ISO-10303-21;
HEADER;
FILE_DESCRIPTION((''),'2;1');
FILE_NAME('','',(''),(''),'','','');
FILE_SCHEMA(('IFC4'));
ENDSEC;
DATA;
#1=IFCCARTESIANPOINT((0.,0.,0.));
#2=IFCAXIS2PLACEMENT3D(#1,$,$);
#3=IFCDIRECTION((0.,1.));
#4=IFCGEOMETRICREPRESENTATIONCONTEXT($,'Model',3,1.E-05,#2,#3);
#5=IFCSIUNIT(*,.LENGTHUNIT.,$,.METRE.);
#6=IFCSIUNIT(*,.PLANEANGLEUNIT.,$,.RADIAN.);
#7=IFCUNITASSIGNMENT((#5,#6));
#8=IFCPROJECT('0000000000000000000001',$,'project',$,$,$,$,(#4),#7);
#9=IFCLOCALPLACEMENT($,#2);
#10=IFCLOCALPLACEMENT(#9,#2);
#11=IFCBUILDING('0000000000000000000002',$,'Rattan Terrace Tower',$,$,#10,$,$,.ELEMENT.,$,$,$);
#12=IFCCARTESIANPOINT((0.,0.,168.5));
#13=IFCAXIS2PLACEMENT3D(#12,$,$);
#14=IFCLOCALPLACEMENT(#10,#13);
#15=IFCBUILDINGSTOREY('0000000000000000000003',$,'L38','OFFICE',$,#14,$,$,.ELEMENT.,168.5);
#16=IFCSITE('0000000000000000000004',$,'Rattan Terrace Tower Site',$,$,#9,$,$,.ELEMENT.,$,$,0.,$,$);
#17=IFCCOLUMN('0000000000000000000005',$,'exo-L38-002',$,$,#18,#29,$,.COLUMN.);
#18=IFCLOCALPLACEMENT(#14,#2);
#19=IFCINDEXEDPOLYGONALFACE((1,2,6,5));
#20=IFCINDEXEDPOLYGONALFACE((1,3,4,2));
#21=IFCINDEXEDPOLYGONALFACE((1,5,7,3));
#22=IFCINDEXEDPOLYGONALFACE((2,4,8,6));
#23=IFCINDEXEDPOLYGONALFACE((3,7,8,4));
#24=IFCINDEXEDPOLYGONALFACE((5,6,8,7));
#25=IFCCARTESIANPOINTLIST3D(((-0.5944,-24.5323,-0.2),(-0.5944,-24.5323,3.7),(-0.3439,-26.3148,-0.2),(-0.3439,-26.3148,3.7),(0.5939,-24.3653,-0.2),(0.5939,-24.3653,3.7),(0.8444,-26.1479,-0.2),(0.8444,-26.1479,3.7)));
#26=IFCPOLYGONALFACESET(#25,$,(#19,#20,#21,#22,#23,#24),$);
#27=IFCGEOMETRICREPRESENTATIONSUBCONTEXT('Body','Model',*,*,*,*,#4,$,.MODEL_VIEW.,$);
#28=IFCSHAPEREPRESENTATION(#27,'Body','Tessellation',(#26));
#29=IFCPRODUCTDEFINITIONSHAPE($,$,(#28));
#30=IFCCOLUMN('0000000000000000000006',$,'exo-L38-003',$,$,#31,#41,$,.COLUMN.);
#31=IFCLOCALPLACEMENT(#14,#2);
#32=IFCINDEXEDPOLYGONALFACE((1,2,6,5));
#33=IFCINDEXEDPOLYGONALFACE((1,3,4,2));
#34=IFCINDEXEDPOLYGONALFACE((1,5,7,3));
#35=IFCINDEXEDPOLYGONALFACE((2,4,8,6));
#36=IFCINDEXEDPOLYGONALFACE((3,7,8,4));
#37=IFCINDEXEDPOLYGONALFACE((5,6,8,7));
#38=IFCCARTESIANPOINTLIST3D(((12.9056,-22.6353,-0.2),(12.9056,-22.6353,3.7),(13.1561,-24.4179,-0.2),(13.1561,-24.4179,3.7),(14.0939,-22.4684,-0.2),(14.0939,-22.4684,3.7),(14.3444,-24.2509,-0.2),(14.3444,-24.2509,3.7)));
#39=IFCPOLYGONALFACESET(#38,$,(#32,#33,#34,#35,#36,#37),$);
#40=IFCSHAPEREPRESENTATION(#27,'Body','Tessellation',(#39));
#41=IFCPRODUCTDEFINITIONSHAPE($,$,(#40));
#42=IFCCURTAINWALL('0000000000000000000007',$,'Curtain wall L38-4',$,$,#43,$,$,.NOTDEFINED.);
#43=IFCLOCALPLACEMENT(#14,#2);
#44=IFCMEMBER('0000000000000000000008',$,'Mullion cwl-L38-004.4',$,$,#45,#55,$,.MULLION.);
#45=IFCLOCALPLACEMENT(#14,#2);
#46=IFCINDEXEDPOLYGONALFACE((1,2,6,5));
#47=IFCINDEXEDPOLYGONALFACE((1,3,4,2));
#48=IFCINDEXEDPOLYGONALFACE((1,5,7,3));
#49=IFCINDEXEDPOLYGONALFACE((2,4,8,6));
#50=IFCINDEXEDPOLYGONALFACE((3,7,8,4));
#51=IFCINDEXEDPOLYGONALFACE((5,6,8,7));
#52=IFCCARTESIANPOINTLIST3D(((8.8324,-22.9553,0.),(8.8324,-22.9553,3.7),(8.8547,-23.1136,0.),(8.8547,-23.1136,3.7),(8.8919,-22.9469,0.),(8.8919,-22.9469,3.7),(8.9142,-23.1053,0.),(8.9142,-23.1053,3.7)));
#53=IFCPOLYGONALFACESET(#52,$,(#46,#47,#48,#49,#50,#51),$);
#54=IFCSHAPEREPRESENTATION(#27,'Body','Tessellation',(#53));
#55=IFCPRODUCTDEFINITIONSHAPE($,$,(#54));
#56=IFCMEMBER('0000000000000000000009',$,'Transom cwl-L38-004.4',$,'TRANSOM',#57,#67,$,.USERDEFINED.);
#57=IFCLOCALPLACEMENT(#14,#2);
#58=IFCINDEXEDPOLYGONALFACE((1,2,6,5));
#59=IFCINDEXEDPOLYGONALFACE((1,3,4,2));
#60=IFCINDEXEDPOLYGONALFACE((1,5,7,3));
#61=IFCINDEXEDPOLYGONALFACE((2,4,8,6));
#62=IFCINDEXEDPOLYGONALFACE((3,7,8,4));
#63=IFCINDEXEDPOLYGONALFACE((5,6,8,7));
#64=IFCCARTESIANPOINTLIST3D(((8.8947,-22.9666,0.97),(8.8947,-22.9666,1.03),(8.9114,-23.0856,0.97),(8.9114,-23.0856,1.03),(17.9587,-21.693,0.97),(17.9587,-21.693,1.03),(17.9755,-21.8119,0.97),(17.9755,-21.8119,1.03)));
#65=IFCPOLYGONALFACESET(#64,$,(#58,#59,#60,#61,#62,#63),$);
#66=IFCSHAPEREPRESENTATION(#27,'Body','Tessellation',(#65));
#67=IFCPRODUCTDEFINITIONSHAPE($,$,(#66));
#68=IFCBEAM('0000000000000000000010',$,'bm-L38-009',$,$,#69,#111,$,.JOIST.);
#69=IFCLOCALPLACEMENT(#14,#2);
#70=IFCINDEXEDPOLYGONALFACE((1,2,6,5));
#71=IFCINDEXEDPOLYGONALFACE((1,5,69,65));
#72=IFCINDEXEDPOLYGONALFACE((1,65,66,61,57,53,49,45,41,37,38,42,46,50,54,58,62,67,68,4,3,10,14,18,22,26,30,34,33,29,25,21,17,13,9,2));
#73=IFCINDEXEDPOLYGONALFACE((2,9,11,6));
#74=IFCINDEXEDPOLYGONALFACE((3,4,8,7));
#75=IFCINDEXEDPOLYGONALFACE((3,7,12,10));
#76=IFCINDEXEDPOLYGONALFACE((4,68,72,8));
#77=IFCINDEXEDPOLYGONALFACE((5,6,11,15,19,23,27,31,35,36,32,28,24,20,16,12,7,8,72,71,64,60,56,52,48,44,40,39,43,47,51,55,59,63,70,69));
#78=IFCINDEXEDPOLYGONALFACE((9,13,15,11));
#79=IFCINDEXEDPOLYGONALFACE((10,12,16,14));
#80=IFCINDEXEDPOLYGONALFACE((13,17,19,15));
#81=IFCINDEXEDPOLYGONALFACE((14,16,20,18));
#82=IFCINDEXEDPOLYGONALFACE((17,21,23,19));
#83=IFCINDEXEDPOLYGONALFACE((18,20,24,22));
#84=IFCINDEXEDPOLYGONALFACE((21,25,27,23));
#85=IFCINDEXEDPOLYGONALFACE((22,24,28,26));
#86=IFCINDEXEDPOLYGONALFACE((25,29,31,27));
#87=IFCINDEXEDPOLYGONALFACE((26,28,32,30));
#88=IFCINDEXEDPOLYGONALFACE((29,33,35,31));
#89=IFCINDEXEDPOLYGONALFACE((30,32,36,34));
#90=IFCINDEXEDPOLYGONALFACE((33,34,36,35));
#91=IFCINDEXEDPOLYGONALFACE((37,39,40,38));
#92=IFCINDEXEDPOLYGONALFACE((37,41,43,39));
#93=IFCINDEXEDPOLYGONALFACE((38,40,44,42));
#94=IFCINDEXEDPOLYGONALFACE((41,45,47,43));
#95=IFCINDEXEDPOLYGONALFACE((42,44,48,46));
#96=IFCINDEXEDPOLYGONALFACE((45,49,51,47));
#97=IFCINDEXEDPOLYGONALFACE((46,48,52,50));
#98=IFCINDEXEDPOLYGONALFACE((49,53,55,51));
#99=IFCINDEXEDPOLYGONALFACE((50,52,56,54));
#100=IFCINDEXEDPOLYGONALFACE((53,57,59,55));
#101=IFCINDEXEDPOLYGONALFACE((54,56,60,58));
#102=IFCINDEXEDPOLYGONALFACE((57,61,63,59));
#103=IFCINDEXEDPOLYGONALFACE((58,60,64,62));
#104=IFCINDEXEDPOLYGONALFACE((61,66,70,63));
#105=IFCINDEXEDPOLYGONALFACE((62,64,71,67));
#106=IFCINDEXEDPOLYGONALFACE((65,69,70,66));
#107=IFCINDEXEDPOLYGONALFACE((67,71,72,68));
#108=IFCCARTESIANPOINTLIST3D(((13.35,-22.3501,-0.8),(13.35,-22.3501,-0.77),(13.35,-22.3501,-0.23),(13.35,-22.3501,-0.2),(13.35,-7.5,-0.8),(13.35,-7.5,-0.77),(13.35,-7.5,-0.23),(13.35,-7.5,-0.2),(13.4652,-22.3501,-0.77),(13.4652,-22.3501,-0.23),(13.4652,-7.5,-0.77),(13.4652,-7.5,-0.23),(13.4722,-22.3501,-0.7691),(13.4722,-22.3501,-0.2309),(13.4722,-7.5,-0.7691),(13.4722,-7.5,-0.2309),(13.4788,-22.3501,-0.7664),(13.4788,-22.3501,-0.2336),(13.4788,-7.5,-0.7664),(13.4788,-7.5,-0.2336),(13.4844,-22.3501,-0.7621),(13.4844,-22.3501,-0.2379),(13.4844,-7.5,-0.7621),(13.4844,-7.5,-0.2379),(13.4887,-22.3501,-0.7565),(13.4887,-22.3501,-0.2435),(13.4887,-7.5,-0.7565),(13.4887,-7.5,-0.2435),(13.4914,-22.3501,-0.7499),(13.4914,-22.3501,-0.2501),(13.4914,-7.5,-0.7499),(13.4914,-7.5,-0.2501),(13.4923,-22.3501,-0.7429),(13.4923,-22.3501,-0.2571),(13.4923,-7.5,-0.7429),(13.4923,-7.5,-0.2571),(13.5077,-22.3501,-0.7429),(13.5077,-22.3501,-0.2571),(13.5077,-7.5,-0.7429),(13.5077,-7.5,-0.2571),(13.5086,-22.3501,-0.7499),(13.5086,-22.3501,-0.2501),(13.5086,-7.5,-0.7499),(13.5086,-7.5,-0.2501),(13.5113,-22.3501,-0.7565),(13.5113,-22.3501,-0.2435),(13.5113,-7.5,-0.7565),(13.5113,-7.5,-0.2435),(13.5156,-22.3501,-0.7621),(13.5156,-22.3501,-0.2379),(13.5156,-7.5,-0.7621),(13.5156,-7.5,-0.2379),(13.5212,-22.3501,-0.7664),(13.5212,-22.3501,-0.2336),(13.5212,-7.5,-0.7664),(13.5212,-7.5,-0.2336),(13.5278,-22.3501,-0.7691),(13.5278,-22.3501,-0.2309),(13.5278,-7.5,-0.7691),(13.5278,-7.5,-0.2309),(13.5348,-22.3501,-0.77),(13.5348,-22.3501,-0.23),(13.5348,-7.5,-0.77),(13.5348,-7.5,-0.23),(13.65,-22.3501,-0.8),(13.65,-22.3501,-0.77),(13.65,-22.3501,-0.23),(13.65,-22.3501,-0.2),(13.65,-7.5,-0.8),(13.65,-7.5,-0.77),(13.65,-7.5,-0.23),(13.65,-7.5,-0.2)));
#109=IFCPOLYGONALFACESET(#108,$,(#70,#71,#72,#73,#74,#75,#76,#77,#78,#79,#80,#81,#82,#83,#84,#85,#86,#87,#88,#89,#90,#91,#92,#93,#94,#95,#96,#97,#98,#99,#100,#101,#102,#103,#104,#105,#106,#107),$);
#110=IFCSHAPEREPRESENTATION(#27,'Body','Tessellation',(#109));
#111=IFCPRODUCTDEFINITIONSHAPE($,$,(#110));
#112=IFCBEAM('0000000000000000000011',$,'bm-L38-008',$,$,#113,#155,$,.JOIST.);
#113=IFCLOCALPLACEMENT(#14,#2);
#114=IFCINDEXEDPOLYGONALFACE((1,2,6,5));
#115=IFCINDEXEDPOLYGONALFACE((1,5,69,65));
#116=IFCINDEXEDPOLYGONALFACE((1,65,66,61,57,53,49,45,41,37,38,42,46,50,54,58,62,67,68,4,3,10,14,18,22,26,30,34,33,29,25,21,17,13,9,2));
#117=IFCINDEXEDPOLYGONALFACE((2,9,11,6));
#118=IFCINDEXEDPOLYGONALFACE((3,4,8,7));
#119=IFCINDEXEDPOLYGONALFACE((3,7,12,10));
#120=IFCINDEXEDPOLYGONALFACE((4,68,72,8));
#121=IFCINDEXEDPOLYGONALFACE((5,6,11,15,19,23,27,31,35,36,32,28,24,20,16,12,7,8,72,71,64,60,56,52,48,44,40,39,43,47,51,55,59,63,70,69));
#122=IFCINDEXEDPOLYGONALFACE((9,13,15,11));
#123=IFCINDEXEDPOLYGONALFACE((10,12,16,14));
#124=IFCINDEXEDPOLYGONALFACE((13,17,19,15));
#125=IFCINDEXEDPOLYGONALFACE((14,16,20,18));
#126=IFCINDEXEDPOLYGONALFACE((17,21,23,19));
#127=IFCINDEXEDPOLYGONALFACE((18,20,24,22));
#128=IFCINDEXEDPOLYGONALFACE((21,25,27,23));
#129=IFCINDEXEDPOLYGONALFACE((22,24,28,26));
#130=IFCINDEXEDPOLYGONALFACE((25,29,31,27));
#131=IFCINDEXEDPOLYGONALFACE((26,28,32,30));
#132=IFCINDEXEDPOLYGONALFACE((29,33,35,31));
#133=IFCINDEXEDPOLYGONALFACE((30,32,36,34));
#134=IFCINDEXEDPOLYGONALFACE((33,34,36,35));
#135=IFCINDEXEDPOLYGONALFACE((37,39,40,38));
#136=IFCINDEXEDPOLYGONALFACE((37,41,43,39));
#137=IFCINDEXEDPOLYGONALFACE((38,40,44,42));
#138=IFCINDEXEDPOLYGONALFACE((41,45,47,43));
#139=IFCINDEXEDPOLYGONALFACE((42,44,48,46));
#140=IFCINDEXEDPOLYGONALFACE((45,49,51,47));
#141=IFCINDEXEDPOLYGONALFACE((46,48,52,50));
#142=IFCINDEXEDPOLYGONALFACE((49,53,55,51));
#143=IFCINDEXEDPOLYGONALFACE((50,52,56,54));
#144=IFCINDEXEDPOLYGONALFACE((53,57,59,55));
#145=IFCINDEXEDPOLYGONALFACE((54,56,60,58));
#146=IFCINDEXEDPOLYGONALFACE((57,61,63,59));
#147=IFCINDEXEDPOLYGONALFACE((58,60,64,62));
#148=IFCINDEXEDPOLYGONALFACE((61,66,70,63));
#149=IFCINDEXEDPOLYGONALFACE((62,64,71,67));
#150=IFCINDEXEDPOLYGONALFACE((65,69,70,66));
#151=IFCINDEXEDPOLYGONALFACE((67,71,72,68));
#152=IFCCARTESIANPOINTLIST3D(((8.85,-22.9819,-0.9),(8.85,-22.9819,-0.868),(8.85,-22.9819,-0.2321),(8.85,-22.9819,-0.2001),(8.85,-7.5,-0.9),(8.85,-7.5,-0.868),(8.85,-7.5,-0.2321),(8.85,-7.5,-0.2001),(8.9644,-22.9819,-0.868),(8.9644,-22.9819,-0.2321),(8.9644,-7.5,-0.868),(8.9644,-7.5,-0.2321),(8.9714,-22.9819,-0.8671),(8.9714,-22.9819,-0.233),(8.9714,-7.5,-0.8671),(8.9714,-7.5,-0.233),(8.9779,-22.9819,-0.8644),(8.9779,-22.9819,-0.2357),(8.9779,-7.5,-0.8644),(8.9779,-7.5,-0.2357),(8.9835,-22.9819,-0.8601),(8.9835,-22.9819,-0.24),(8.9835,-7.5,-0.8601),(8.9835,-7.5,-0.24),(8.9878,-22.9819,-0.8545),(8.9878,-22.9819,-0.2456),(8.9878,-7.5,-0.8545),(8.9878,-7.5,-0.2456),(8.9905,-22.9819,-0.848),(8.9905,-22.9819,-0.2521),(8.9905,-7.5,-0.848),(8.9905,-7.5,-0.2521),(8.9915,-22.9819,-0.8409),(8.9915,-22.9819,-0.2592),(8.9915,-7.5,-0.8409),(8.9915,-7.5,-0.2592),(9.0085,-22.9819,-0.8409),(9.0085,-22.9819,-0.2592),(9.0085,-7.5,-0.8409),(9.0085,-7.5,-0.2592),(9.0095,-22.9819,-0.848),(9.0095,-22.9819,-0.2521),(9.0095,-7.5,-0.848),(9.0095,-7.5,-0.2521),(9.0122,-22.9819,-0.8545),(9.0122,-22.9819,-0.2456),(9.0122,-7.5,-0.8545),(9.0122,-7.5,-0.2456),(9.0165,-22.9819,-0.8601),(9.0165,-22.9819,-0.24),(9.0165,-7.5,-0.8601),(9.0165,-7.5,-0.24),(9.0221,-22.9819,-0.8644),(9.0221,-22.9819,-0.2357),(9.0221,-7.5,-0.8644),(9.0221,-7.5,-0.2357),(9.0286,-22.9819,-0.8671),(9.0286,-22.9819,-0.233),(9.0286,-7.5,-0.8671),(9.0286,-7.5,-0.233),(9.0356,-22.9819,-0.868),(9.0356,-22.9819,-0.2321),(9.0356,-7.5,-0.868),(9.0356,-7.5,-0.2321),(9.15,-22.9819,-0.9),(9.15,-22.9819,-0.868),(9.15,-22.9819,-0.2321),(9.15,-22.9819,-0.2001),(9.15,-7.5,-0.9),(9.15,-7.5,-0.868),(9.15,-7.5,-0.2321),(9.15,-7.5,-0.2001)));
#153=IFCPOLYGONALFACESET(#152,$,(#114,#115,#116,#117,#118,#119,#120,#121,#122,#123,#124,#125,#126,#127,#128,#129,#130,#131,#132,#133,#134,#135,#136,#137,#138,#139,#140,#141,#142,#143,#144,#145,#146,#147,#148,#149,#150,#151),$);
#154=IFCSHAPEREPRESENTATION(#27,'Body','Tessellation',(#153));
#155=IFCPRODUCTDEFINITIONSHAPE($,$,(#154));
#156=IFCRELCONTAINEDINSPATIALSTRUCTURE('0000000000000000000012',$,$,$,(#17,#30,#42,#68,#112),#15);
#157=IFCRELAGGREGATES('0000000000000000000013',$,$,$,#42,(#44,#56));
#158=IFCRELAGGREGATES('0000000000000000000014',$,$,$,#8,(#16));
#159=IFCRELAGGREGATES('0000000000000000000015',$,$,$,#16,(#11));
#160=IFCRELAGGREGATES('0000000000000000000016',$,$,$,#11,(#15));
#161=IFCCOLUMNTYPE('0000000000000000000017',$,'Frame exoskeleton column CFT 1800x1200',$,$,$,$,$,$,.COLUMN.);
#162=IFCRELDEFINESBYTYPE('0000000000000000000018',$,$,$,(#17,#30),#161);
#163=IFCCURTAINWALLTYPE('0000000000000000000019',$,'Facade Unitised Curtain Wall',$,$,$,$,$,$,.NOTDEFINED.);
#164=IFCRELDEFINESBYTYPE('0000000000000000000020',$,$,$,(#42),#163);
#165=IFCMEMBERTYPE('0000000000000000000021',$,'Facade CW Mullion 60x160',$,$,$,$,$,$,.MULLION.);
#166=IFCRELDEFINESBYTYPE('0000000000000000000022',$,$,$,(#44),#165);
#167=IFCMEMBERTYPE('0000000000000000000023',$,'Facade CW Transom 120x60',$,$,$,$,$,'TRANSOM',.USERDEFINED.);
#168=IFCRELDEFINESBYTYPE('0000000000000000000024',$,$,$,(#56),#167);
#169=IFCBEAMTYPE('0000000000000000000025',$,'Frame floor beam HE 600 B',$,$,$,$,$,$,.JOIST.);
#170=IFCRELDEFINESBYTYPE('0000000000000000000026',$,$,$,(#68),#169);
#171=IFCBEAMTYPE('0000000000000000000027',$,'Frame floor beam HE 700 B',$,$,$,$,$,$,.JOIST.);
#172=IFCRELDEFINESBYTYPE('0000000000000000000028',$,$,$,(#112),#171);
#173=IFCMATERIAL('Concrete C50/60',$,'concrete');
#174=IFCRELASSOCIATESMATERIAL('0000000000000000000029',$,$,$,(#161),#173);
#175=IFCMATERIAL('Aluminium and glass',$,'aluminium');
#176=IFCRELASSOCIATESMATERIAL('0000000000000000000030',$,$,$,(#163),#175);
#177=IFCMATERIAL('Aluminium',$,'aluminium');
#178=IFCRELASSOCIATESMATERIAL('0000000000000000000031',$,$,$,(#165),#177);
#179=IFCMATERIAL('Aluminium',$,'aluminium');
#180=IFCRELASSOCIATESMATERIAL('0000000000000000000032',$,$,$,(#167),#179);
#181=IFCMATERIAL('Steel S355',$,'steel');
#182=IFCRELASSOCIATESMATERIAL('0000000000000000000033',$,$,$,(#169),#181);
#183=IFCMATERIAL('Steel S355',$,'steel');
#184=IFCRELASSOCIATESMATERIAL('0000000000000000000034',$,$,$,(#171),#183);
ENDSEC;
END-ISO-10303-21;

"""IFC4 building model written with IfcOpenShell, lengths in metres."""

from ifc_helpers import new_model, si_unit, direction, frame, origin, origin_2d, place, context, subcontext, project, spatial, rectangle, i_section, extrude, material, material_profile, profile_set, type_object, element, aggregate, save


model = new_model("IFC4")

# Units and contexts
model_context = context("Model", 3, precision=1e-05, world=origin(), true_north=direction((0.0, 1.0)))
body_context = subcontext(model_context, "Body", "Model", "MODEL_VIEW")
ifc_project = project(units=[si_unit("LENGTHUNIT", "METRE"), si_unit("PLANEANGLEUNIT", "RADIAN")], contexts=[model_context])

# Site, building, storey
site_placement = place(None, origin())
site = spatial("IfcSite", under=ifc_project, at=site_placement, Name="Rattan Terrace Tower Site", CompositionType="ELEMENT", RefElevation=0.0)
building_placement = place(site_placement, origin())
building = spatial("IfcBuilding", under=site, at=building_placement, Name="Rattan Terrace Tower", CompositionType="ELEMENT")
storey_placement = place(building_placement, frame((0.0, 0.0, 168.5)))
storey = spatial("IfcBuildingStorey", under=building, at=storey_placement, Name="L38", Description="OFFICE", CompositionType="ELEMENT", Elevation=168.5)

# Columns
ifc_material_1 = material(Name="Concrete C50/60", Category="concrete")
ifc_material_profile_1 = material_profile(ifc_material_1, rectangle(XDim=1.2, YDim=1.8, at=origin_2d()), Name="CFT 1800x1200")
ifc_profile_set_1 = profile_set([ifc_material_profile_1], Name="Concrete C50/60")
column_type = type_object("IfcColumnType", Name="Frame exoskeleton column CFT 1800x1200", PredefinedType="COLUMN", material=ifc_profile_set_1)
for number, where, z_axis, x_axis, name in (
    (1, (0.125, -25.3401, -0.2), (0.0, 0.0, 1.0), (0.99027, 0.139156, 0.0), "exo-L38-002"),
    (2, (13.625, -23.4431, -0.2), (0.0, 0.0, 1.0), (0.99027, 0.139156, 0.0), "exo-L38-003"),
):
    element("IfcColumn", number, at=place(storey_placement, frame(where, z_axis=z_axis, x_axis=x_axis)), inside=storey, type_object=column_type, Name=name, PredefinedType="COLUMN", context=body_context, shape_type="SweptSolid", body=[
        extrude(rectangle(XDim=1.2, YDim=1.8, at=origin_2d()), origin(), (0.0, 0.0, 1.0), 3.8999),
    ])

# Curtain wall, members
ifc_material_2 = material(Name="Aluminium and glass", Category="aluminium")
curtain_wall_type = type_object("IfcCurtainWallType", Name="Facade Unitised Curtain Wall", PredefinedType="NOTDEFINED", material=ifc_material_2)
curtain_wall_placement = place(storey_placement, origin())
curtain_wall = element("IfcCurtainWall", 3, at=curtain_wall_placement, inside=storey, type_object=curtain_wall_type, Name="Curtain wall L38-4", PredefinedType="NOTDEFINED")
ifc_material_3 = material(Name="Aluminium", Category="aluminium")
ifc_material_profile_2 = material_profile(ifc_material_3, rectangle(XDim=0.0601, YDim=0.1599, at=origin_2d()), Name="Aluminium 60x160")
ifc_profile_set_2 = profile_set([ifc_material_profile_2], Name="Aluminium")
member_type_1 = type_object("IfcMemberType", Name="Facade CW Mullion 60x160", PredefinedType="MULLION", material=ifc_profile_set_2)
member_1_placement = place(storey_placement, frame((8.8733, -23.0303, 0.0), z_axis=(0.0, 0.0, 1.0), x_axis=(0.99027, 0.139161, 0.0)))
member_1 = element("IfcMember", 4, at=member_1_placement, type_object=member_type_1, Name="Mullion cwl-L38-004.4", PredefinedType="MULLION", context=body_context, shape_type="SweptSolid", body=[
    extrude(rectangle(XDim=0.0601, YDim=0.1599, at=origin_2d()), origin(), (0.0, 0.0, 1.0), 3.7),
])
ifc_material_4 = material(Name="Aluminium", Category="aluminium")
ifc_material_profile_3 = material_profile(ifc_material_4, rectangle(XDim=0.1201, YDim=0.0601, at=origin_2d()), Name="Aluminium 120x60")
ifc_profile_set_3 = profile_set([ifc_material_profile_3], Name="Aluminium")
member_type_2 = type_object("IfcMemberType", Name="Facade CW Transom 120x60", ElementType="TRANSOM", PredefinedType="USERDEFINED", material=ifc_profile_set_3)
member_2_placement = place(storey_placement, frame((8.9031, -23.0261, 1.0), z_axis=(0.990271, 0.139154, 0.0), x_axis=(-0.139154, 0.990271, 0.0)))
member_2 = element("IfcMember", 5, at=member_2_placement, type_object=member_type_2, Name="Transom cwl-L38-004.4", ObjectType="TRANSOM", PredefinedType="USERDEFINED", context=body_context, shape_type="SweptSolid", body=[
    extrude(rectangle(XDim=0.1201, YDim=0.0601, at=origin_2d()), origin(), (0.0, 0.0, 1.0), 9.1531),
])

# Beams
ifc_material_5 = material(Name="Steel S355", Category="steel")
ifc_material_profile_4 = material_profile(ifc_material_5, i_section(OverallWidth=0.3, OverallDepth=0.6001, WebThickness=0.0154, FlangeThickness=0.03, FilletRadius=0.0271, at=origin_2d()), Name="HE 600 B")
ifc_profile_set_4 = profile_set([ifc_material_profile_4], Name="Steel S355")
beam_type_1 = type_object("IfcBeamType", Name="Frame floor beam HE 600 B", PredefinedType="JOIST", material=ifc_profile_set_4)
beam_1_placement = place(storey_placement, frame((13.5, -22.3501, -0.5), z_axis=(0.0, 1.0, 0.0), x_axis=(-1.0, 0.0, 0.0)))
element("IfcBeam", 6, at=beam_1_placement, inside=storey, type_object=beam_type_1, Name="bm-L38-009", PredefinedType="JOIST", context=body_context, shape_type="SweptSolid", body=[
    extrude(i_section(OverallWidth=0.3, OverallDepth=0.6001, WebThickness=0.0154, FlangeThickness=0.03, FilletRadius=0.0271, at=origin_2d()), origin(), (0.0, 0.0, 1.0), 14.8501),
])
ifc_material_6 = material(Name="Steel S355", Category="steel")
ifc_material_profile_5 = material_profile(ifc_material_6, i_section(OverallWidth=0.3, OverallDepth=0.7, WebThickness=0.0171, FlangeThickness=0.032, FilletRadius=0.0271, at=origin_2d()), Name="HE 700 B")
ifc_profile_set_5 = profile_set([ifc_material_profile_5], Name="Steel S355")
beam_type_2 = type_object("IfcBeamType", Name="Frame floor beam HE 700 B", PredefinedType="JOIST", material=ifc_profile_set_5)
beam_2_placement = place(storey_placement, frame((9.0, -22.9819, -0.55), z_axis=(0.0, 1.0, 0.0), x_axis=(-1.0, 0.0, 0.0)))
element("IfcBeam", 7, at=beam_2_placement, inside=storey, type_object=beam_type_2, Name="bm-L38-008", PredefinedType="JOIST", context=body_context, shape_type="SweptSolid", body=[
    extrude(i_section(OverallWidth=0.3, OverallDepth=0.7, WebThickness=0.0171, FlangeThickness=0.032, FilletRadius=0.0271, at=origin_2d()), origin(), (0.0, 0.0, 1.0), 15.4819),
])

aggregate(curtain_wall, [member_1, member_2])

save(model, "model.ifc")
